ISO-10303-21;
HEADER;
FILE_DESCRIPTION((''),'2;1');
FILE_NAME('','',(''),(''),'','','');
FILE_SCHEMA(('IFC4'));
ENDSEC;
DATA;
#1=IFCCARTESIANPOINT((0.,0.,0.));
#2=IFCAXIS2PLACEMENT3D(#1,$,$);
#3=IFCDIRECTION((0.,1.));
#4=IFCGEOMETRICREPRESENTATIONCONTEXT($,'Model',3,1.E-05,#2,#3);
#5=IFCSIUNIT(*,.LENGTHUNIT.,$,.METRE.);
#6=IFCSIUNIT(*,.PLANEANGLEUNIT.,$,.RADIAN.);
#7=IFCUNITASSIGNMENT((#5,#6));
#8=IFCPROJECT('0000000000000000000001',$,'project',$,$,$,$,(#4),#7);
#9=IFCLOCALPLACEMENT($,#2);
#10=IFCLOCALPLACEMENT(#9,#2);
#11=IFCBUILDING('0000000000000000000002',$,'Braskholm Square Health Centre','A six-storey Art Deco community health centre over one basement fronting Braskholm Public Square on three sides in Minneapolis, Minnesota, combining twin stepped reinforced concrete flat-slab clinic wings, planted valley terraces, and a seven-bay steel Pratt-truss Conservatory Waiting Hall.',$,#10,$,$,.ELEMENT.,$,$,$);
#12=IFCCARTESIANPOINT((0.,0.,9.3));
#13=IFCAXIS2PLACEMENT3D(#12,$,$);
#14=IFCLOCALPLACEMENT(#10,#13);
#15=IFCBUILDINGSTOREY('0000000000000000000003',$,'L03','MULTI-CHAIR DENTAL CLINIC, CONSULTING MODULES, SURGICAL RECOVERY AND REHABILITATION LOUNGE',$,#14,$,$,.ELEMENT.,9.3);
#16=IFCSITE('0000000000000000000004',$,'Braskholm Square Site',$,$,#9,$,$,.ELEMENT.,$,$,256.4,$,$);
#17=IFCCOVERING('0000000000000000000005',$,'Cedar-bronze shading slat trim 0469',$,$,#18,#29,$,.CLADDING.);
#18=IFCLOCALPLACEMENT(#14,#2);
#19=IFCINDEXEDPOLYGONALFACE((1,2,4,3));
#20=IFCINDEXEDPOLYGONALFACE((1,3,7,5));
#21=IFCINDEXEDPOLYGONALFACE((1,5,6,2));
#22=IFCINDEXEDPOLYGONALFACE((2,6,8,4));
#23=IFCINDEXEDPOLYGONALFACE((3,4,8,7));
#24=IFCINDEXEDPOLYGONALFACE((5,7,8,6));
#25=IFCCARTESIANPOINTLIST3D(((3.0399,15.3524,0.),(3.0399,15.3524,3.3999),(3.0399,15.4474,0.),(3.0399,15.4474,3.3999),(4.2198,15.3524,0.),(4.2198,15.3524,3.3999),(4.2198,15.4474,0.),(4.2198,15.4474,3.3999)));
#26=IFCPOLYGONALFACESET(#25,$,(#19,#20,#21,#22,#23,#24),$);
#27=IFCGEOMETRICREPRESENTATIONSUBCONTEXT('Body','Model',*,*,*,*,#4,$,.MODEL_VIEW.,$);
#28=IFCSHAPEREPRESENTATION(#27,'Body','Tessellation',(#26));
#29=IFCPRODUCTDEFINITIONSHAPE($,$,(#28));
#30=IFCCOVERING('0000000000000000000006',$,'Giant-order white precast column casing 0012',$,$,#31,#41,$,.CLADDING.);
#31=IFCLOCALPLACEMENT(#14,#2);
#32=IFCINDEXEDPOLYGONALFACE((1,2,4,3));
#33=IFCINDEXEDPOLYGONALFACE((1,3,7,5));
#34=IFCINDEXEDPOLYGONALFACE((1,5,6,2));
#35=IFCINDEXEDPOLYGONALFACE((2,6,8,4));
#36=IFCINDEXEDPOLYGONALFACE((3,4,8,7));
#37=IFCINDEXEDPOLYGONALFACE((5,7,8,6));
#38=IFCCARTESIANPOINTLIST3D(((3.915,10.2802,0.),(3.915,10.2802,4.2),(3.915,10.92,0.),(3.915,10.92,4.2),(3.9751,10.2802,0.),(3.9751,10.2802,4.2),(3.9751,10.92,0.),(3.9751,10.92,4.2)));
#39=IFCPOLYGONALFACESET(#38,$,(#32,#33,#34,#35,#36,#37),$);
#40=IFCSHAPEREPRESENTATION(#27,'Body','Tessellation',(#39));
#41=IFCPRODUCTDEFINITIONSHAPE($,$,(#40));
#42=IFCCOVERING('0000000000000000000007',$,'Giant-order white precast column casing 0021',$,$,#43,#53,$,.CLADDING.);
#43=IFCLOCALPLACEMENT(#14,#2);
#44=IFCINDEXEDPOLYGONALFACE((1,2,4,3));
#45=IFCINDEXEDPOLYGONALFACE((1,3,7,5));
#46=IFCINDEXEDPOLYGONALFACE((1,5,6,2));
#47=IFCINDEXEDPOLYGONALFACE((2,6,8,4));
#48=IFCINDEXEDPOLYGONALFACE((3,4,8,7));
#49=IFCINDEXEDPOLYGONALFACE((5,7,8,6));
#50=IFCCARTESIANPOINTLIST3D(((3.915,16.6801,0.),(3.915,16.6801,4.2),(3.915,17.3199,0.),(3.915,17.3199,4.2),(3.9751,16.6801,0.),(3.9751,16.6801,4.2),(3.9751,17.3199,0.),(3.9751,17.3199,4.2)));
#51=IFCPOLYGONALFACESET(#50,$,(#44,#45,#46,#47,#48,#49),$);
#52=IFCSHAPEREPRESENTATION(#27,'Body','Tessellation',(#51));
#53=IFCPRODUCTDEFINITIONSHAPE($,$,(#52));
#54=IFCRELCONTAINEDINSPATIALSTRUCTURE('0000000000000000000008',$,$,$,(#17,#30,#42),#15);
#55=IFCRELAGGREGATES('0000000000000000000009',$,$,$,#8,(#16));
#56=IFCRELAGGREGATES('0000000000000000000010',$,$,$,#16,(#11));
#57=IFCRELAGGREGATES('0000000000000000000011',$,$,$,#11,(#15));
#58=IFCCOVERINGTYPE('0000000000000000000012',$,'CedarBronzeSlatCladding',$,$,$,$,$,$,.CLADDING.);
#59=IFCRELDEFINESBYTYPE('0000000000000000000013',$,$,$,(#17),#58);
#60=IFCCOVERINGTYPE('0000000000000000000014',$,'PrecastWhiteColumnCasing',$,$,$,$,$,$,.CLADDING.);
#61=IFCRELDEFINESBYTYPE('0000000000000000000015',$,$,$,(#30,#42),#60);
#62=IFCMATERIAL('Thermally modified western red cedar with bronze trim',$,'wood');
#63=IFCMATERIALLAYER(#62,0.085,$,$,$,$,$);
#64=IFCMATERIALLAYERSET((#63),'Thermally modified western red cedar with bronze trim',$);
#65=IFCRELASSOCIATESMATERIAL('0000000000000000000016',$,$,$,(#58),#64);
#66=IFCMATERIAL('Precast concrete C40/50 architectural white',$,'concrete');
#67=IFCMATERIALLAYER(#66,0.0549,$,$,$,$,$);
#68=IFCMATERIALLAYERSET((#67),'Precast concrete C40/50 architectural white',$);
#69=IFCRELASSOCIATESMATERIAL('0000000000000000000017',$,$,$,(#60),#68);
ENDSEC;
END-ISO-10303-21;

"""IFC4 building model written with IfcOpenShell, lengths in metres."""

from ifc_helpers import new_model, si_unit, direction, frame, origin, origin_2d, place, context, subcontext, project, spatial, rectangle, extrude, material, layer, layer_set, type_object, element, save


model = new_model("IFC4")

# Units and contexts
model_context = context("Model", 3, precision=1e-05, world=origin(), true_north=direction((0.0, 1.0)))
body_context = subcontext(model_context, "Body", "Model", "MODEL_VIEW")
ifc_project = project(units=[si_unit("LENGTHUNIT", "METRE"), si_unit("PLANEANGLEUNIT", "RADIAN")], contexts=[model_context])

# Site, building, storey
site_placement = place(None, origin())
site = spatial("IfcSite", under=ifc_project, at=site_placement, Name="Braskholm Square Site", CompositionType="ELEMENT", RefElevation=256.4)
building_placement = place(site_placement, origin())
building = spatial("IfcBuilding", under=site, at=building_placement, Name="Braskholm Square Health Centre", Description="A six-storey Art Deco community health centre over one basement fronting Braskholm Public Square on three sides in Minneapolis, Minnesota, combining twin stepped reinforced concrete flat-slab clinic wings, planted valley terraces, and a seven-bay steel Pratt-truss Conservatory Waiting Hall.", CompositionType="ELEMENT")
storey_placement = place(building_placement, frame((0.0, 0.0, 9.3)))
storey = spatial("IfcBuildingStorey", under=building, at=storey_placement, Name="L03", Description="MULTI-CHAIR DENTAL CLINIC, CONSULTING MODULES, SURGICAL RECOVERY AND REHABILITATION LOUNGE", CompositionType="ELEMENT", Elevation=9.3)

# Shared definitions
ifc_material_1 = material(Name="Precast concrete C40/50 architectural white", Category="concrete")

# Shared definitions
ifc_material_2 = material(Name="Thermally modified western red cedar with bronze trim", Category="wood")

# Coverings
ifc_layer_1 = layer(ifc_material_2, 0.085)
ifc_layer_set_1 = layer_set([ifc_layer_1], Name="Thermally modified western red cedar with bronze trim")
covering_type_1 = type_object("IfcCoveringType", Name="CedarBronzeSlatCladding", PredefinedType="CLADDING", material=ifc_layer_set_1)
for number, where, z_axis, x_axis, name in (
    (1, (3.6299, 15.3999, 0.0), (0.0, 0.0, 1.0), (1.0, 0.0, 0.0), "Cedar-bronze shading slat trim 0469"),
):
    element("IfcCovering", number, at=place(storey_placement, frame(where, z_axis=z_axis, x_axis=x_axis)), inside=storey, type_object=covering_type_1, Name=name, PredefinedType="CLADDING", context=body_context, shape_type="SweptSolid", body=[
        extrude(rectangle(XDim=1.1799, YDim=0.095, at=origin_2d()), origin(), (0.0, 0.0, 1.0), 3.3999),
    ])
ifc_layer_2 = layer(ifc_material_1, 0.0549)
ifc_layer_set_2 = layer_set([ifc_layer_2], Name="Precast concrete C40/50 architectural white")
covering_type_2 = type_object("IfcCoveringType", Name="PrecastWhiteColumnCasing", PredefinedType="CLADDING", material=ifc_layer_set_2)
for number, where, z_axis, x_axis, name in (
    (2, (3.9451, 10.6001, 0.0), (0.0, 0.0, 1.0), (1.0, 0.0, 0.0), "Giant-order white precast column casing 0012"),
    (3, (3.9451, 17.0, 0.0), (0.0, 0.0, 1.0), (1.0, 0.0, 0.0), "Giant-order white precast column casing 0021"),
):
    element("IfcCovering", number, at=place(storey_placement, frame(where, z_axis=z_axis, x_axis=x_axis)), inside=storey, type_object=covering_type_2, Name=name, PredefinedType="CLADDING", context=body_context, shape_type="SweptSolid", body=[
        extrude(rectangle(XDim=0.0601, YDim=0.6399, at=origin_2d()), origin(), (0.0, 0.0, 1.0), 4.2),
    ])

save(model, "model.ifc")
